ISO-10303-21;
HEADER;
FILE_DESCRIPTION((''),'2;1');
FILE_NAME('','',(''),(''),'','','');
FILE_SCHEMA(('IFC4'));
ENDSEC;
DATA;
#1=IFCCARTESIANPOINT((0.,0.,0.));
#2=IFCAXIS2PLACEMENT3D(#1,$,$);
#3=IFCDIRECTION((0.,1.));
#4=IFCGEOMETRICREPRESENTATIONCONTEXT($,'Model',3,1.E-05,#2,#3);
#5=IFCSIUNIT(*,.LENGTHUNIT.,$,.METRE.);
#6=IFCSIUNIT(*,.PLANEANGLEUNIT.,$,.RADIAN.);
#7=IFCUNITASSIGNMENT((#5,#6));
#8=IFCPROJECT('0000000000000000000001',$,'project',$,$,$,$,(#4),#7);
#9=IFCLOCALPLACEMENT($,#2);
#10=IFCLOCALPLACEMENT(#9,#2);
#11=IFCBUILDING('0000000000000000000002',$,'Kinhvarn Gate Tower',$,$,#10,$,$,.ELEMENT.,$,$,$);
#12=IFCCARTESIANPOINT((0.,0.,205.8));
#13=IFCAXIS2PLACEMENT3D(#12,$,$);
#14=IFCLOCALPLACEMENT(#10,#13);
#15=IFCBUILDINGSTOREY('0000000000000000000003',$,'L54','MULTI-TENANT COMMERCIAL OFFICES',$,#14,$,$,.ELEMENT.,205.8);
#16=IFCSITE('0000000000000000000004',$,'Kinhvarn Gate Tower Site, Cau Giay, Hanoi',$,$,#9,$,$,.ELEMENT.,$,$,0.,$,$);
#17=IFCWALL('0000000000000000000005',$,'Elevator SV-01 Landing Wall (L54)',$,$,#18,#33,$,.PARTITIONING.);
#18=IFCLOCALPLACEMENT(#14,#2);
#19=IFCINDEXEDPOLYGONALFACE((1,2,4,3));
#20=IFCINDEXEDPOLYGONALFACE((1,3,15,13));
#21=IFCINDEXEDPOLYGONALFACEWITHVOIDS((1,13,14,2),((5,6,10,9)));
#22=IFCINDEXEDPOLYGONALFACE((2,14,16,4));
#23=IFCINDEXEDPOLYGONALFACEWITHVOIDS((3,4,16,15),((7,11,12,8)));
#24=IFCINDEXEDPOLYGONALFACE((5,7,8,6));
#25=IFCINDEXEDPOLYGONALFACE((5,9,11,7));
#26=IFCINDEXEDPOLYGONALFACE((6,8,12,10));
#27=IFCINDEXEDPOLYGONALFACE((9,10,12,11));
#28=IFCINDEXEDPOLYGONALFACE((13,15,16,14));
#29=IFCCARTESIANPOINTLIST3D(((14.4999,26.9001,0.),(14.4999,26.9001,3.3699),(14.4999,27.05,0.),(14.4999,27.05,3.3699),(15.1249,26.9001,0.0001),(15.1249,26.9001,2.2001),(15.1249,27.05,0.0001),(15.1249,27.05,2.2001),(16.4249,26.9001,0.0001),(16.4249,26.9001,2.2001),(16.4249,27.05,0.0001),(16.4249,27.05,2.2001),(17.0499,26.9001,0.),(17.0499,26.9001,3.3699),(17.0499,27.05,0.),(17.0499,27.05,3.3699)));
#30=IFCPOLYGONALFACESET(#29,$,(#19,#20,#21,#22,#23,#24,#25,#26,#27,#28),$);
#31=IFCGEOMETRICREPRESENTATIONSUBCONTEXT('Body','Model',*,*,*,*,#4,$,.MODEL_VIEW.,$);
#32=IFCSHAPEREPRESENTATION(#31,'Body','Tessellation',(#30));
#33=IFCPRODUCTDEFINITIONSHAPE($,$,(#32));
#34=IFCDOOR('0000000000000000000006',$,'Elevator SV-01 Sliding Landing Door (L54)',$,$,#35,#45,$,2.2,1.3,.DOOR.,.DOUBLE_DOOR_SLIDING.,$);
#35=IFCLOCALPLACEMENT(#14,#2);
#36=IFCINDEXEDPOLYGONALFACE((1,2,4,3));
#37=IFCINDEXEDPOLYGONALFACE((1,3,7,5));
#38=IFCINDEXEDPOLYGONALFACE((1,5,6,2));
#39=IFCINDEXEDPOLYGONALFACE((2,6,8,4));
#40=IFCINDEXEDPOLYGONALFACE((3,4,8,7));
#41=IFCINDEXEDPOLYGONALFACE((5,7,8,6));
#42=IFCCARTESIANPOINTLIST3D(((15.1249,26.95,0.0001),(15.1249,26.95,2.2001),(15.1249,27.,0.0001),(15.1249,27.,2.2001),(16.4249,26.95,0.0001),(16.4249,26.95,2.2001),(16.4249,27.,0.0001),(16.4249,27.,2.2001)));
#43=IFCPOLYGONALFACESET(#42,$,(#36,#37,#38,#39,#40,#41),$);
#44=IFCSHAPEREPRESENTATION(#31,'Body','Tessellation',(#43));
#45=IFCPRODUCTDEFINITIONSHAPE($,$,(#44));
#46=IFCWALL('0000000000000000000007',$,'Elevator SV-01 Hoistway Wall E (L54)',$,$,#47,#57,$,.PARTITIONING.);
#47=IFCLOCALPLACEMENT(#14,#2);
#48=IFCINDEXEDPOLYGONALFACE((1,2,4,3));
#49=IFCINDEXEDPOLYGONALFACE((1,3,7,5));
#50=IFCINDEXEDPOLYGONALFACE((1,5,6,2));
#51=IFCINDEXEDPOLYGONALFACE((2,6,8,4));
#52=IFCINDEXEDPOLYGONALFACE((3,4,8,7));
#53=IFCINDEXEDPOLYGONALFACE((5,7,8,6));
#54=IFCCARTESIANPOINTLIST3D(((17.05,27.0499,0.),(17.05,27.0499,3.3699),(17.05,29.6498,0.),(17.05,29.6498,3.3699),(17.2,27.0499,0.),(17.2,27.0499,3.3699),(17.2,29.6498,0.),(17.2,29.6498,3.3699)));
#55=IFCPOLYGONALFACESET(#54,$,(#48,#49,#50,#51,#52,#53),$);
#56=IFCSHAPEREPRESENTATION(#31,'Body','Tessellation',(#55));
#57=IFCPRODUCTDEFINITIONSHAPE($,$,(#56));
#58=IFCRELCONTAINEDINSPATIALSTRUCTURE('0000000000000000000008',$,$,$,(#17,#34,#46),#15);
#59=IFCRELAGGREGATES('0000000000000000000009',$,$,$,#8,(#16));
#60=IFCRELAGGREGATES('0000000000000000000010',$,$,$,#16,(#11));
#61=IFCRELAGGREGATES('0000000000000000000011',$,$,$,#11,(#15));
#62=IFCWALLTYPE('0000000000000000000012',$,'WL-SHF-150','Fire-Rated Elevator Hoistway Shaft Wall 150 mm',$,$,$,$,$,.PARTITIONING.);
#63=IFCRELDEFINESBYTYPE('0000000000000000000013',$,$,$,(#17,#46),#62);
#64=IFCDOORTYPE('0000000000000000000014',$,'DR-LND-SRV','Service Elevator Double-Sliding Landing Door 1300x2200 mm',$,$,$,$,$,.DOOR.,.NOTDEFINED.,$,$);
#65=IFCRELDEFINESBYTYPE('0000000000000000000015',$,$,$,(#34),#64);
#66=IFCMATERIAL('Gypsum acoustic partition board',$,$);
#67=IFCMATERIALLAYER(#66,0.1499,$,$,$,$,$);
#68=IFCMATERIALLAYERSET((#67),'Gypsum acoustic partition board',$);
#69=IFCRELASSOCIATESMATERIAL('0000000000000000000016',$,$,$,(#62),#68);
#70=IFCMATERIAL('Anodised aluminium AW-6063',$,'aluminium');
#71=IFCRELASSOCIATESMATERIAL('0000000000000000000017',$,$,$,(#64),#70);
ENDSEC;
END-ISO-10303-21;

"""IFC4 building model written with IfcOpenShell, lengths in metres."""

from ifc_helpers import new_model, si_unit, direction, frame, frame_2d, origin, place, context, subcontext, project, spatial, rectangle, extrude, material, layer, layer_set, type_object, element, fill, save


model = new_model("IFC4")

# Units and contexts
model_context = context("Model", 3, precision=1e-05, world=origin(), true_north=direction((0.0, 1.0)))
body_context = subcontext(model_context, "Body", "Model", "MODEL_VIEW")
ifc_project = project(units=[si_unit("LENGTHUNIT", "METRE"), si_unit("PLANEANGLEUNIT", "RADIAN")], contexts=[model_context])

# Site, building, storey
site_placement = place(None, origin())
site = spatial("IfcSite", under=ifc_project, at=site_placement, Name="Kinhvarn Gate Tower Site, Cau Giay, Hanoi", CompositionType="ELEMENT", RefElevation=0.0)
building_placement = place(site_placement, origin())
building = spatial("IfcBuilding", under=site, at=building_placement, Name="Kinhvarn Gate Tower", CompositionType="ELEMENT")
storey_placement = place(building_placement, frame((0.0, 0.0, 205.8)))
storey = spatial("IfcBuildingStorey", under=building, at=storey_placement, Name="L54", Description="MULTI-TENANT COMMERCIAL OFFICES", CompositionType="ELEMENT", Elevation=205.8)

# Shared definitions
ifc_material_1 = material(Name="Anodised aluminium AW-6063", Category="aluminium")

# Shared definitions
ifc_material_2 = material(Name="Gypsum acoustic partition board")

# Shared definitions
ifc_layer_1 = layer(ifc_material_2, 0.1499)
ifc_layer_set_1 = layer_set([ifc_layer_1], Name="Gypsum acoustic partition board")
wall_type_1 = type_object("IfcWallType", Name="WL-SHF-150", Description="Fire-Rated Elevator Hoistway Shaft Wall 150 mm", PredefinedType="PARTITIONING", material=ifc_layer_set_1)

# Wall, opening, door
wall_1_placement = place(storey_placement, frame((14.5, 26.9751, 0.0), z_axis=(0.0, 0.0, 1.0), x_axis=(1.0, 0.0, 0.0)))
wall_1 = element("IfcWall", 1, at=wall_1_placement, inside=storey, type_object=wall_type_1, Name="Elevator SV-01 Landing Wall (L54)", PredefinedType="PARTITIONING", context=body_context, shape_type="SweptSolid", body=[
    extrude(rectangle(XDim=2.55, YDim=0.1499, at=frame_2d((1.2749, 0.0))), origin(), (0.0, 0.0, 1.0), 3.3699),
])
opening_1_placement = place(wall_1_placement, frame((0.625, 0.0, 0.0)))
opening_1 = element("IfcOpeningElement", 2, at=opening_1_placement, cuts=wall_1, PredefinedType="OPENING", context=body_context, shape_type="SweptSolid", body=[
    extrude(rectangle(XDim=1.3, YDim=2.2, at=frame_2d((0.6499, 1.1001))), frame((0.0, 0.085, 0.0), z_axis=(0.0, -1.0, 0.0), x_axis=(1.0, 0.0, 0.0)), (0.0, 0.0, 1.0), 0.1699),
])
door_type_1 = type_object("IfcDoorType", Name="DR-LND-SRV", Description="Service Elevator Double-Sliding Landing Door 1300x2200 mm", OperationType="NOTDEFINED", PredefinedType="DOOR", material=ifc_material_1)
door_1_placement = place(opening_1_placement, origin())
door_1 = element("IfcDoor", 3, at=door_1_placement, inside=storey, type_object=door_type_1, Name="Elevator SV-01 Sliding Landing Door (L54)", OperationType="DOUBLE_DOOR_SLIDING", OverallHeight=2.2, OverallWidth=1.3, PredefinedType="DOOR", context=body_context, shape_type="SweptSolid", body=[
    extrude(rectangle(XDim=1.3, YDim=2.2, at=frame_2d((0.6499, 1.1001))), frame((0.0, 0.0249, 0.0), z_axis=(0.0, -1.0, 0.0), x_axis=(1.0, 0.0, 0.0)), (0.0, 0.0, 1.0), 0.05),
])
fill(opening_1, door_1)

# Wall
wall_2_placement = place(storey_placement, frame((17.125, 27.05, 0.0), z_axis=(0.0, 0.0, 1.0), x_axis=(0.0, 1.0, 0.0)))
element("IfcWall", 4, at=wall_2_placement, inside=storey, type_object=wall_type_1, Name="Elevator SV-01 Hoistway Wall E (L54)", PredefinedType="PARTITIONING", context=body_context, shape_type="SweptSolid", body=[
    extrude(rectangle(XDim=2.5999, YDim=0.1499, at=frame_2d((1.2998, 0.0))), origin(), (0.0, 0.0, 1.0), 3.3699),
])

save(model, "model.ifc")
